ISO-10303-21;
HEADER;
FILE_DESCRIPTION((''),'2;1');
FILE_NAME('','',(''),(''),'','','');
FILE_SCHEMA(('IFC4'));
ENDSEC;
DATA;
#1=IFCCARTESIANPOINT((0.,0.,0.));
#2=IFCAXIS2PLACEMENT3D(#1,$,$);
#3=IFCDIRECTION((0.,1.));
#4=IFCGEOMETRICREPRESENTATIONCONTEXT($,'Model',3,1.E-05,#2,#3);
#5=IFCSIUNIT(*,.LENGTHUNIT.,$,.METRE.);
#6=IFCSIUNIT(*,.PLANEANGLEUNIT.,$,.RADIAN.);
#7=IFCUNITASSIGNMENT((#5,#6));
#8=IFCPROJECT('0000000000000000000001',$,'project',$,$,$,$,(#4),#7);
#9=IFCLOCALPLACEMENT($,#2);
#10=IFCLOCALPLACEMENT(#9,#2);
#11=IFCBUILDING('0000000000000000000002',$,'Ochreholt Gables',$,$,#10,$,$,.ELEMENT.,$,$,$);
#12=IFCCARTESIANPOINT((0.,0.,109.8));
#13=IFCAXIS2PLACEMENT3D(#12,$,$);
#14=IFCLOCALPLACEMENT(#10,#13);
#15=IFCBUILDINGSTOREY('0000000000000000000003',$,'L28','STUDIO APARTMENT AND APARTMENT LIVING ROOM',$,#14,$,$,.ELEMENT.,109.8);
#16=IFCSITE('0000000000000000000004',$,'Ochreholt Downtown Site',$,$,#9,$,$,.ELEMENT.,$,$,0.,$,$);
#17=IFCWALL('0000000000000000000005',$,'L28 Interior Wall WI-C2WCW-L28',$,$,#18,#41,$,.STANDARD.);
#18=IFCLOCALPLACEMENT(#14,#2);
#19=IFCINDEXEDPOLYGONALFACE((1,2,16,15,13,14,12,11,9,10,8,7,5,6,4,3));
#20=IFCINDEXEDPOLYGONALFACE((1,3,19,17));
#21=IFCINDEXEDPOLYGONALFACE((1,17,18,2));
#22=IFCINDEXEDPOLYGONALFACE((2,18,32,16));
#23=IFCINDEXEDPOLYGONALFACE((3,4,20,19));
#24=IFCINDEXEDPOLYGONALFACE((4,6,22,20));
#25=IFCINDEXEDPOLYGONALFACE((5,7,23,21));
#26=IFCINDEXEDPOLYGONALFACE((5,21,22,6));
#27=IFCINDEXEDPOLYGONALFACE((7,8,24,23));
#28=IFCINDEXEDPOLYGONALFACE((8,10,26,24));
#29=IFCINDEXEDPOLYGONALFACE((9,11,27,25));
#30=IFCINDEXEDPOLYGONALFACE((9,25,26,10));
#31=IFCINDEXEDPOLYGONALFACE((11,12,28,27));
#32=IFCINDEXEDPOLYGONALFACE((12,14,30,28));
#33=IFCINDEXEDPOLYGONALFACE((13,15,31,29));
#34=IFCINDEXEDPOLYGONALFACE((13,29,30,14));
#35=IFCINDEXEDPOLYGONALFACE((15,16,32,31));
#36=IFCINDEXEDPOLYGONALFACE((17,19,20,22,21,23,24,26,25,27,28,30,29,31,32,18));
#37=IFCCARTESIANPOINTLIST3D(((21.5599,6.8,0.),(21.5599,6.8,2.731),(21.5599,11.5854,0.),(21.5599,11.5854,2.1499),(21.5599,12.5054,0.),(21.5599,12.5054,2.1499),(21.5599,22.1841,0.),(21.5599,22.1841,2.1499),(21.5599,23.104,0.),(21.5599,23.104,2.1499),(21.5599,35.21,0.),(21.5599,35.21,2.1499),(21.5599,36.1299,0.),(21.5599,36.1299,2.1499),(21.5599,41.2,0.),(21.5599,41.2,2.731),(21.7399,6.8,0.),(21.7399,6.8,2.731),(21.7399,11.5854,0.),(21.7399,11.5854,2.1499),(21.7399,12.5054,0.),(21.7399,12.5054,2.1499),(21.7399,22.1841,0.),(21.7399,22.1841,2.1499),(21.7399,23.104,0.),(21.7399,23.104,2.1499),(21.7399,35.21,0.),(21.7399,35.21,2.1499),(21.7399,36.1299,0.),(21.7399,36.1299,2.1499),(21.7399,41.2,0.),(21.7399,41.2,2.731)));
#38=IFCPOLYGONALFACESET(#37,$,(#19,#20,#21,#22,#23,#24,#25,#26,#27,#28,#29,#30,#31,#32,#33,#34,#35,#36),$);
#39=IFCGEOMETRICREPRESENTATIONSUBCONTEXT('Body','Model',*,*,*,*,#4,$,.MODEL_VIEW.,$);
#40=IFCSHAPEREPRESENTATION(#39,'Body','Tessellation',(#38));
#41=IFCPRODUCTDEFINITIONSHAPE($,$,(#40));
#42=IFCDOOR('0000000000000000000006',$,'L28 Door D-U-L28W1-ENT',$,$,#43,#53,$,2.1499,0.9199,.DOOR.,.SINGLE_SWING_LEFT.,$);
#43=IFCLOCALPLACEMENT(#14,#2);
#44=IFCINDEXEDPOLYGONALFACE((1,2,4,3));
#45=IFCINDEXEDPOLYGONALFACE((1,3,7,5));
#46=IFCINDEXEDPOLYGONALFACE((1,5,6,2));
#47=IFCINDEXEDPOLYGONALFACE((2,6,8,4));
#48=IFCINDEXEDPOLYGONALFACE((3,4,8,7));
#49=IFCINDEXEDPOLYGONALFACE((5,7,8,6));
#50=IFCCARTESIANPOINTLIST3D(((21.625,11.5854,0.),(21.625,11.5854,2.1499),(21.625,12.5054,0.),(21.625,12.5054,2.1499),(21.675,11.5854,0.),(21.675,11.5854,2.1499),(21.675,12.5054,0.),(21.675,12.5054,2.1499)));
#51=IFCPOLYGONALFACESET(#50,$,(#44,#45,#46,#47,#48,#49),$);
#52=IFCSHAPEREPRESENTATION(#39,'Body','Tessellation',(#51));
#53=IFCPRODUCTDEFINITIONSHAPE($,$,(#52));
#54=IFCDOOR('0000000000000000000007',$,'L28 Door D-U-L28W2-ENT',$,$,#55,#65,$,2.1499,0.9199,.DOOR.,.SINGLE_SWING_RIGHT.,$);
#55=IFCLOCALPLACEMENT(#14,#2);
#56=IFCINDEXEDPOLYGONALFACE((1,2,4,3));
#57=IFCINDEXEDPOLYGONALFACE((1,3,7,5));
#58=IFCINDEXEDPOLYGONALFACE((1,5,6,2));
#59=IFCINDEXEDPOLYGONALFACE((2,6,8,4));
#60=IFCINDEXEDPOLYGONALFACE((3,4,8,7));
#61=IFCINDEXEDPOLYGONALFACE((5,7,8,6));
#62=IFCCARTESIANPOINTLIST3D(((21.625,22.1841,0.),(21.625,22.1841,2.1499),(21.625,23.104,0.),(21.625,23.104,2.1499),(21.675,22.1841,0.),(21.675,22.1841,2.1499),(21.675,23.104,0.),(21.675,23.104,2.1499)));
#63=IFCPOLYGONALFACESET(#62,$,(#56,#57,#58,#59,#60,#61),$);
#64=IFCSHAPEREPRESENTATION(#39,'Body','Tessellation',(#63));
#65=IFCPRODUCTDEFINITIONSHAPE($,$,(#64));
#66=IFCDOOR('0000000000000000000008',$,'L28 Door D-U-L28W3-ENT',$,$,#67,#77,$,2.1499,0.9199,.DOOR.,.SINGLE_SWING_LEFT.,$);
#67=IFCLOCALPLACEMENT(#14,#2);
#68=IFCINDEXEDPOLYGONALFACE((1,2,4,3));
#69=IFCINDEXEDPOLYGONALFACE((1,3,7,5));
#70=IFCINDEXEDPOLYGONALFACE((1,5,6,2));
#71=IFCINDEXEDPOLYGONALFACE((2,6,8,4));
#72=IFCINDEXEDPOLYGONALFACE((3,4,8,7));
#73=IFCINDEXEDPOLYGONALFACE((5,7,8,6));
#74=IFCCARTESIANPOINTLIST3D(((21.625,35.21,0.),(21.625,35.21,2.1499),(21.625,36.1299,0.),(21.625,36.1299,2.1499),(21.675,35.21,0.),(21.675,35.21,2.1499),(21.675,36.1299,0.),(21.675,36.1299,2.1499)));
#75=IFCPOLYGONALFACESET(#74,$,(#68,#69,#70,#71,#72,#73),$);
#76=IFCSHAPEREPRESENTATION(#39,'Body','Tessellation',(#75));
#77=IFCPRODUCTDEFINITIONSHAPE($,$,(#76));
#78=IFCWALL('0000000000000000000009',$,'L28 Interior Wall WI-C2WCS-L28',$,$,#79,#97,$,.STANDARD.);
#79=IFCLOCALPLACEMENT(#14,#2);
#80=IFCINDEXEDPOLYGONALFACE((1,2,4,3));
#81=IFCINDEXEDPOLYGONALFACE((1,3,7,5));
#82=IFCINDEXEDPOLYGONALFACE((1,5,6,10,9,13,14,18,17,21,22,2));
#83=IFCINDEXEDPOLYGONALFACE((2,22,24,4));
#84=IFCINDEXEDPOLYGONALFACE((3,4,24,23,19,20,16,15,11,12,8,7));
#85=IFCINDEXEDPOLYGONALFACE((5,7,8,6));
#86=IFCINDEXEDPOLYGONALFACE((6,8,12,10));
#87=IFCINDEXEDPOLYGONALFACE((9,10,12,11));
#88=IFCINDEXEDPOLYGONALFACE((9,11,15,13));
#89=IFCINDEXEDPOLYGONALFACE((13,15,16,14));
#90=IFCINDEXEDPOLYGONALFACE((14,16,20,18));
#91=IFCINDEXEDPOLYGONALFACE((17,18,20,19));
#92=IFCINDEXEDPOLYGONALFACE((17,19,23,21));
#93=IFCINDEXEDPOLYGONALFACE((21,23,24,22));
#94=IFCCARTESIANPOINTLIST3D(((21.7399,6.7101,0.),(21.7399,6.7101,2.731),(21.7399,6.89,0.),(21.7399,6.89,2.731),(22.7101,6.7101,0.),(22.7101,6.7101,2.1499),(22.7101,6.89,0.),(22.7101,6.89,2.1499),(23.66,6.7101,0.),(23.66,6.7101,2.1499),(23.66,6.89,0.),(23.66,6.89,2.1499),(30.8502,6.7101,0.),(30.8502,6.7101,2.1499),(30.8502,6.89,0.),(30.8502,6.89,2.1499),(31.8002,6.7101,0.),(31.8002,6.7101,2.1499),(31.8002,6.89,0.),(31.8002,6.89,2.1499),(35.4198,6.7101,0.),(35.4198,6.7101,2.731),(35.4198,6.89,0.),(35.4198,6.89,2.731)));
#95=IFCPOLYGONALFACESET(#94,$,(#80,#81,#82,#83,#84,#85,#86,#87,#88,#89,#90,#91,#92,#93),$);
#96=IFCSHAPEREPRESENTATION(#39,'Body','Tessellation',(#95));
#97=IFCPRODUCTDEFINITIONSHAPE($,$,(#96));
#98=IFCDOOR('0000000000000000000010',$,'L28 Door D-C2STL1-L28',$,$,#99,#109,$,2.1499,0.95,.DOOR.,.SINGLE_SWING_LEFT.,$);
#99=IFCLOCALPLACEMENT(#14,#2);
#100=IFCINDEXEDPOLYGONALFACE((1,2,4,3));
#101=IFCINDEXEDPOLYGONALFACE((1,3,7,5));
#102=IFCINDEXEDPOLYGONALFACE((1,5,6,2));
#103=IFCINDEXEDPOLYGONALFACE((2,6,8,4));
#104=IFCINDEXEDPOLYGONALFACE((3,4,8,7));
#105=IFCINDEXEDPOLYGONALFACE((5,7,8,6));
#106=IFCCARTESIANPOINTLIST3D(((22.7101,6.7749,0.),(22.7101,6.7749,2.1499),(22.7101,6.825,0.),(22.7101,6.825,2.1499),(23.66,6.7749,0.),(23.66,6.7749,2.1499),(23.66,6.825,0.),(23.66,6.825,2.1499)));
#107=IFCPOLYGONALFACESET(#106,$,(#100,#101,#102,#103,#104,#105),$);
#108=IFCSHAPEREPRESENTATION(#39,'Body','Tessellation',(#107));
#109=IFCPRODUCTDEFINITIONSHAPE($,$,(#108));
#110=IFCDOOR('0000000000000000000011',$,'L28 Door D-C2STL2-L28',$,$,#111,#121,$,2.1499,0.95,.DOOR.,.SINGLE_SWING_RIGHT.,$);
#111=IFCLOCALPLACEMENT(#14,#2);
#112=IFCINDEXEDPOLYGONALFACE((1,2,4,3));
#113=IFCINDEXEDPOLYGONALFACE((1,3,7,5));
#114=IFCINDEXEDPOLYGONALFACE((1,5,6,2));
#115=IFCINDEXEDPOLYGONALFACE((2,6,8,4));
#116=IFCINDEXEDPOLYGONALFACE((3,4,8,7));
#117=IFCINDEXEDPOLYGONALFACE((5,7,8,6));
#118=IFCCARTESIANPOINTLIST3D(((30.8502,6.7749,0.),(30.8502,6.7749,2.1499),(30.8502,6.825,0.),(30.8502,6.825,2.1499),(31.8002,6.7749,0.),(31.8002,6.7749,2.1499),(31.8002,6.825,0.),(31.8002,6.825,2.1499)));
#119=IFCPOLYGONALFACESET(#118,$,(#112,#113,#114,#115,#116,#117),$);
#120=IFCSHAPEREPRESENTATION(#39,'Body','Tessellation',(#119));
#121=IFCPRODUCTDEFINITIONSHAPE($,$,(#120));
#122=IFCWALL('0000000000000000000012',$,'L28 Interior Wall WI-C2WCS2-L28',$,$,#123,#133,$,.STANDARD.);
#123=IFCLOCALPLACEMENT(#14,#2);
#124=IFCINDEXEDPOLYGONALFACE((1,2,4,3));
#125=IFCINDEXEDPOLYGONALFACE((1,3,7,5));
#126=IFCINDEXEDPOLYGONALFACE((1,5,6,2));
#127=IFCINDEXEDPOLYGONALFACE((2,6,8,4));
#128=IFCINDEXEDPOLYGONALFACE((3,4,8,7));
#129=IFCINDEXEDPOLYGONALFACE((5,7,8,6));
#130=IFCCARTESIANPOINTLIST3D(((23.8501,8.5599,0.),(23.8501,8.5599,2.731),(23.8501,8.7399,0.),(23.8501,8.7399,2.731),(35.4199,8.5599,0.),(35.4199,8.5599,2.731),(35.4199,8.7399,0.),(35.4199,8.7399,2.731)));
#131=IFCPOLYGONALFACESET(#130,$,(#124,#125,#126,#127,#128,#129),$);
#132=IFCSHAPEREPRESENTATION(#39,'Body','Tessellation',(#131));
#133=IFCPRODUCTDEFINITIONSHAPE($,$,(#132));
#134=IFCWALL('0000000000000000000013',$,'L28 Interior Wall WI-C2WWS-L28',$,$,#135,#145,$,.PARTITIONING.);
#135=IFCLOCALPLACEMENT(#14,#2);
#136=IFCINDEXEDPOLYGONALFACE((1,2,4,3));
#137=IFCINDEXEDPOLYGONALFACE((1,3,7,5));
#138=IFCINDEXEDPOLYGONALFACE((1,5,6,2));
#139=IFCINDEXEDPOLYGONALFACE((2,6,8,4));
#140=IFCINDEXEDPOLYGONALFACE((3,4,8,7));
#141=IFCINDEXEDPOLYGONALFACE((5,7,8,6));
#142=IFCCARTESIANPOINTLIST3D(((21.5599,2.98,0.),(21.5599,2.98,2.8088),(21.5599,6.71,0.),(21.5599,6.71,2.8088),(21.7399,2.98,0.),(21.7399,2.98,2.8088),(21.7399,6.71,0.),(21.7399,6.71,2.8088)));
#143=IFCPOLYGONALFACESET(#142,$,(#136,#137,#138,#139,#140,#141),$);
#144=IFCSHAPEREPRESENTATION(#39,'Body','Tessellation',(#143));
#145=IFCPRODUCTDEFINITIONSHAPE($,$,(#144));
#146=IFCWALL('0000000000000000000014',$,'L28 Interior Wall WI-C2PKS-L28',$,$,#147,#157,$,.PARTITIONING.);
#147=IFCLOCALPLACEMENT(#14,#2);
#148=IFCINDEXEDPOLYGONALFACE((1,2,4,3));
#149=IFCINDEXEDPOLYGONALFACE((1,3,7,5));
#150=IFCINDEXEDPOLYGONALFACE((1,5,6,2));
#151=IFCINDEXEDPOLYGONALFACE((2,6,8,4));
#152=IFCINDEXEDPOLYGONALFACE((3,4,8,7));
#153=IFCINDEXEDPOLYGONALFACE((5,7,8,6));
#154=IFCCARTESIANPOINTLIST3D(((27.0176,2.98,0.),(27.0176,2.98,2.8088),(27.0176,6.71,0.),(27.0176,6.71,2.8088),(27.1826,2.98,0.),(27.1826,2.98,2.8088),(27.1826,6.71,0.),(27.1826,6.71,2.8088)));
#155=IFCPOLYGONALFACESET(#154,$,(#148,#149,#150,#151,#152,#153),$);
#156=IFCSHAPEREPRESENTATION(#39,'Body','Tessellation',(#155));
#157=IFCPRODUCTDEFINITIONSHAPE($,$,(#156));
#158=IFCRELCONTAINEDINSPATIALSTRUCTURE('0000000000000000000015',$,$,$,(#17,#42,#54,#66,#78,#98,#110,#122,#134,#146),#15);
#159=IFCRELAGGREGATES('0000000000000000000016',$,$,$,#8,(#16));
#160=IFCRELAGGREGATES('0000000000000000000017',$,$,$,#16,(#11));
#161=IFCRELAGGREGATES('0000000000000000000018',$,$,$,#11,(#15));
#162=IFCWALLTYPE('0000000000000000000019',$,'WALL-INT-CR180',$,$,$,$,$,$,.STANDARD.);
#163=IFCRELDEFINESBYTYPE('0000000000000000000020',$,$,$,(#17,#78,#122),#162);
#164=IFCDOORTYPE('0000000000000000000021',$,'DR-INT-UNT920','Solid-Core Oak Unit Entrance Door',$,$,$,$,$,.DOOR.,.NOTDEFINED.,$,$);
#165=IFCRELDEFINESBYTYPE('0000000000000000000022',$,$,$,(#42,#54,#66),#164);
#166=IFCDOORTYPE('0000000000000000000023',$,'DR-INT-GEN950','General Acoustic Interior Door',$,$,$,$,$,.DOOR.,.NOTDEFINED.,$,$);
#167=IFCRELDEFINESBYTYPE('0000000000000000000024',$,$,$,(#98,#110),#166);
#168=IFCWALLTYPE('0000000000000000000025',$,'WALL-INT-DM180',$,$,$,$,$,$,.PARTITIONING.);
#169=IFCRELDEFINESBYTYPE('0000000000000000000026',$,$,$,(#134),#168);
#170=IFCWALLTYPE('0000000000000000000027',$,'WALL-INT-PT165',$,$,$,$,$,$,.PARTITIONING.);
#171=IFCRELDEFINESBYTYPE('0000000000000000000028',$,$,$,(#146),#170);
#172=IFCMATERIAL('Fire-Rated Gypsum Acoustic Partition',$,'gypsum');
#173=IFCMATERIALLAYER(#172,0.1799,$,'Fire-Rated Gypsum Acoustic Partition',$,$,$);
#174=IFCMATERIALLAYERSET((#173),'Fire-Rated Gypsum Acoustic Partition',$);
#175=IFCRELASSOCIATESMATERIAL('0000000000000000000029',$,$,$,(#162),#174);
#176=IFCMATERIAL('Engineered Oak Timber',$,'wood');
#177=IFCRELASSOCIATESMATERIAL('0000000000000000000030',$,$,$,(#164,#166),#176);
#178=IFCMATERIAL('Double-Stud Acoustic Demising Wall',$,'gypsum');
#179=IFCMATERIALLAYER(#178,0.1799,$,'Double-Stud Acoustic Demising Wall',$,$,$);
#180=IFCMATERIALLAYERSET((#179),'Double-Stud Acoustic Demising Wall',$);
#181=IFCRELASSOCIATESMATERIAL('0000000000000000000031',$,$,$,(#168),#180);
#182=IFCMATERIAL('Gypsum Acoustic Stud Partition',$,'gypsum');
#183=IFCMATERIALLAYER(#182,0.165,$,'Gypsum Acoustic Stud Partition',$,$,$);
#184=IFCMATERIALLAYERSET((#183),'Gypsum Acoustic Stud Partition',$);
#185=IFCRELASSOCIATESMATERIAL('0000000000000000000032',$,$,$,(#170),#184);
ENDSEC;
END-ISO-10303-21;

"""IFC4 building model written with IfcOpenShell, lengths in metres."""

from ifc_helpers import new_model, si_unit, direction, frame, frame_2d, origin, place, context, subcontext, project, spatial, rectangle, extrude, material, layer, layer_set, type_object, element, fill, save


model = new_model("IFC4")

# Units and contexts
model_context = context("Model", 3, precision=1e-05, world=origin(), true_north=direction((0.0, 1.0)))
body_context = subcontext(model_context, "Body", "Model", "MODEL_VIEW")
ifc_project = project(units=[si_unit("LENGTHUNIT", "METRE"), si_unit("PLANEANGLEUNIT", "RADIAN")], contexts=[model_context])

# Site, building, storey
site_placement = place(None, origin())
site = spatial("IfcSite", under=ifc_project, at=site_placement, Name="Ochreholt Downtown Site", CompositionType="ELEMENT", RefElevation=0.0)
building_placement = place(site_placement, origin())
building = spatial("IfcBuilding", under=site, at=building_placement, Name="Ochreholt Gables", CompositionType="ELEMENT")
storey_placement = place(building_placement, frame((0.0, 0.0, 109.8)))
storey = spatial("IfcBuildingStorey", under=building, at=storey_placement, Name="L28", Description="STUDIO APARTMENT AND APARTMENT LIVING ROOM", CompositionType="ELEMENT", Elevation=109.8)

# Walls, openings, doors
ifc_material_1 = material(Name="Fire-Rated Gypsum Acoustic Partition", Category="gypsum")
ifc_layer_1 = layer(ifc_material_1, 0.1799, Name="Fire-Rated Gypsum Acoustic Partition")
ifc_layer_set_1 = layer_set([ifc_layer_1], Name="Fire-Rated Gypsum Acoustic Partition")
wall_type_1 = type_object("IfcWallType", Name="WALL-INT-CR180", PredefinedType="STANDARD", material=ifc_layer_set_1)
wall_1_placement = place(storey_placement, frame((21.6499, 6.8, 0.0), z_axis=(0.0, 0.0, 1.0), x_axis=(0.0, 1.0, 0.0)))
wall_1 = element("IfcWall", 1, at=wall_1_placement, inside=storey, type_object=wall_type_1, Name="L28 Interior Wall WI-C2WCW-L28", PredefinedType="STANDARD", context=body_context, shape_type="SweptSolid", body=[
    extrude(rectangle(XDim=34.3999, YDim=0.1799, at=frame_2d((17.2, 0.0))), origin(), (0.0, 0.0, 1.0), 2.731),
])
opening_1_placement = place(wall_1_placement, frame((4.7854, 0.0, 0.0)))
opening_1 = element("IfcOpeningElement", 2, at=opening_1_placement, cuts=wall_1, PredefinedType="OPENING", context=body_context, shape_type="SweptSolid", body=[
    extrude(rectangle(XDim=0.9199, YDim=2.1499, at=frame_2d((0.46, 1.075))), frame((0.0, 0.0999, 0.0), z_axis=(0.0, -1.0, 0.0), x_axis=(1.0, 0.0, 0.0)), (0.0, 0.0, 1.0), 0.2),
])
opening_2_placement = place(wall_1_placement, frame((15.384, 0.0, 0.0)))
opening_2 = element("IfcOpeningElement", 3, at=opening_2_placement, cuts=wall_1, PredefinedType="OPENING", context=body_context, shape_type="SweptSolid", body=[
    extrude(rectangle(XDim=0.9199, YDim=2.1499, at=frame_2d((0.46, 1.075))), frame((0.0, 0.0999, 0.0), z_axis=(0.0, -1.0, 0.0), x_axis=(1.0, 0.0, 0.0)), (0.0, 0.0, 1.0), 0.2),
])
opening_3_placement = place(wall_1_placement, frame((28.4099, 0.0, 0.0)))
opening_3 = element("IfcOpeningElement", 4, at=opening_3_placement, cuts=wall_1, PredefinedType="OPENING", context=body_context, shape_type="SweptSolid", body=[
    extrude(rectangle(XDim=0.9199, YDim=2.1499, at=frame_2d((0.46, 1.075))), frame((0.0, 0.0999, 0.0), z_axis=(0.0, -1.0, 0.0), x_axis=(1.0, 0.0, 0.0)), (0.0, 0.0, 1.0), 0.2),
])
ifc_material_2 = material(Name="Engineered Oak Timber", Category="wood")
door_type_1 = type_object("IfcDoorType", Name="DR-INT-UNT920", Description="Solid-Core Oak Unit Entrance Door", OperationType="NOTDEFINED", PredefinedType="DOOR", material=ifc_material_2)
door_1_placement = place(opening_1_placement, origin())
door_1 = element("IfcDoor", 5, at=door_1_placement, inside=storey, type_object=door_type_1, Name="L28 Door D-U-L28W1-ENT", OperationType="SINGLE_SWING_LEFT", OverallHeight=2.1499, OverallWidth=0.9199, PredefinedType="DOOR", context=body_context, shape_type="SweptSolid", body=[
    extrude(rectangle(XDim=0.9199, YDim=2.1499, at=frame_2d((0.46, 1.075))), frame((0.0, 0.0249, 0.0), z_axis=(0.0, -1.0, 0.0), x_axis=(1.0, 0.0, 0.0)), (0.0, 0.0, 1.0), 0.05),
])
fill(opening_1, door_1)
door_2_placement = place(opening_2_placement, origin())
door_2 = element("IfcDoor", 6, at=door_2_placement, inside=storey, type_object=door_type_1, Name="L28 Door D-U-L28W2-ENT", OperationType="SINGLE_SWING_RIGHT", OverallHeight=2.1499, OverallWidth=0.9199, PredefinedType="DOOR", context=body_context, shape_type="SweptSolid", body=[
    extrude(rectangle(XDim=0.9199, YDim=2.1499, at=frame_2d((0.46, 1.075))), frame((0.0, 0.0249, 0.0), z_axis=(0.0, -1.0, 0.0), x_axis=(1.0, 0.0, 0.0)), (0.0, 0.0, 1.0), 0.05),
])
fill(opening_2, door_2)
door_3_placement = place(opening_3_placement, origin())
door_3 = element("IfcDoor", 7, at=door_3_placement, inside=storey, type_object=door_type_1, Name="L28 Door D-U-L28W3-ENT", OperationType="SINGLE_SWING_LEFT", OverallHeight=2.1499, OverallWidth=0.9199, PredefinedType="DOOR", context=body_context, shape_type="SweptSolid", body=[
    extrude(rectangle(XDim=0.9199, YDim=2.1499, at=frame_2d((0.46, 1.075))), frame((0.0, 0.0249, 0.0), z_axis=(0.0, -1.0, 0.0), x_axis=(1.0, 0.0, 0.0)), (0.0, 0.0, 1.0), 0.05),
])
fill(opening_3, door_3)
wall_2_placement = place(storey_placement, frame((21.74, 6.8, 0.0), z_axis=(0.0, 0.0, 1.0), x_axis=(1.0, 0.0, 0.0)))
wall_2 = element("IfcWall", 8, at=wall_2_placement, inside=storey, type_object=wall_type_1, Name="L28 Interior Wall WI-C2WCS-L28", PredefinedType="STANDARD", context=body_context, shape_type="SweptSolid", body=[
    extrude(rectangle(XDim=13.6799, YDim=0.1799, at=frame_2d((6.8398, 0.0))), origin(), (0.0, 0.0, 1.0), 2.731),
])
opening_4_placement = place(wall_2_placement, frame((0.97, 0.0, 0.0)))
opening_4 = element("IfcOpeningElement", 9, at=opening_4_placement, cuts=wall_2, PredefinedType="OPENING", context=body_context, shape_type="SweptSolid", body=[
    extrude(rectangle(XDim=0.95, YDim=2.1499, at=frame_2d((0.4751, 1.075))), frame((0.0, 0.0999, 0.0), z_axis=(0.0, -1.0, 0.0), x_axis=(1.0, 0.0, 0.0)), (0.0, 0.0, 1.0), 0.2),
])
opening_5_placement = place(wall_2_placement, frame((9.1101, 0.0, 0.0)))
opening_5 = element("IfcOpeningElement", 10, at=opening_5_placement, cuts=wall_2, PredefinedType="OPENING", context=body_context, shape_type="SweptSolid", body=[
    extrude(rectangle(XDim=0.95, YDim=2.1499, at=frame_2d((0.4751, 1.075))), frame((0.0, 0.0999, 0.0), z_axis=(0.0, -1.0, 0.0), x_axis=(1.0, 0.0, 0.0)), (0.0, 0.0, 1.0), 0.2),
])
door_type_2 = type_object("IfcDoorType", Name="DR-INT-GEN950", Description="General Acoustic Interior Door", OperationType="NOTDEFINED", PredefinedType="DOOR", material=ifc_material_2)
door_4_placement = place(opening_4_placement, origin())
door_4 = element("IfcDoor", 11, at=door_4_placement, inside=storey, type_object=door_type_2, Name="L28 Door D-C2STL1-L28", OperationType="SINGLE_SWING_LEFT", OverallHeight=2.1499, OverallWidth=0.95, PredefinedType="DOOR", context=body_context, shape_type="SweptSolid", body=[
    extrude(rectangle(XDim=0.95, YDim=2.1499, at=frame_2d((0.4751, 1.075))), frame((0.0, 0.0249, 0.0), z_axis=(0.0, -1.0, 0.0), x_axis=(1.0, 0.0, 0.0)), (0.0, 0.0, 1.0), 0.05),
])
fill(opening_4, door_4)
door_5_placement = place(opening_5_placement, origin())
door_5 = element("IfcDoor", 12, at=door_5_placement, inside=storey, type_object=door_type_2, Name="L28 Door D-C2STL2-L28", OperationType="SINGLE_SWING_RIGHT", OverallHeight=2.1499, OverallWidth=0.95, PredefinedType="DOOR", context=body_context, shape_type="SweptSolid", body=[
    extrude(rectangle(XDim=0.95, YDim=2.1499, at=frame_2d((0.4751, 1.075))), frame((0.0, 0.0249, 0.0), z_axis=(0.0, -1.0, 0.0), x_axis=(1.0, 0.0, 0.0)), (0.0, 0.0, 1.0), 0.05),
])
fill(opening_5, door_5)

# Walls
wall_3_placement = place(storey_placement, frame((23.8501, 8.6499, 0.0), z_axis=(0.0, 0.0, 1.0), x_axis=(1.0, 0.0, 0.0)))
element("IfcWall", 13, at=wall_3_placement, inside=storey, type_object=wall_type_1, Name="L28 Interior Wall WI-C2WCS2-L28", PredefinedType="STANDARD", context=body_context, shape_type="SweptSolid", body=[
    extrude(rectangle(XDim=11.5698, YDim=0.1799, at=frame_2d((5.7849, 0.0))), origin(), (0.0, 0.0, 1.0), 2.731),
])
ifc_material_3 = material(Name="Double-Stud Acoustic Demising Wall", Category="gypsum")
ifc_layer_2 = layer(ifc_material_3, 0.1799, Name="Double-Stud Acoustic Demising Wall")
ifc_layer_set_2 = layer_set([ifc_layer_2], Name="Double-Stud Acoustic Demising Wall")
wall_type_2 = type_object("IfcWallType", Name="WALL-INT-DM180", PredefinedType="PARTITIONING", material=ifc_layer_set_2)
wall_4_placement = place(storey_placement, frame((21.6499, 2.98, 0.0), z_axis=(0.0, 0.0, 1.0), x_axis=(0.0, 1.0, 0.0)))
element("IfcWall", 14, at=wall_4_placement, inside=storey, type_object=wall_type_2, Name="L28 Interior Wall WI-C2WWS-L28", PredefinedType="PARTITIONING", context=body_context, shape_type="SweptSolid", body=[
    extrude(rectangle(XDim=3.73, YDim=0.1799, at=frame_2d((1.865, 0.0))), origin(), (0.0, 0.0, 1.0), 2.8088),
])
ifc_material_4 = material(Name="Gypsum Acoustic Stud Partition", Category="gypsum")
ifc_layer_3 = layer(ifc_material_4, 0.165, Name="Gypsum Acoustic Stud Partition")
ifc_layer_set_3 = layer_set([ifc_layer_3], Name="Gypsum Acoustic Stud Partition")
wall_type_3 = type_object("IfcWallType", Name="WALL-INT-PT165", PredefinedType="PARTITIONING", material=ifc_layer_set_3)
wall_5_placement = place(storey_placement, frame((27.1001, 2.98, 0.0), z_axis=(0.0, 0.0, 1.0), x_axis=(0.0, 1.0, 0.0)))
element("IfcWall", 15, at=wall_5_placement, inside=storey, type_object=wall_type_3, Name="L28 Interior Wall WI-C2PKS-L28", PredefinedType="PARTITIONING", context=body_context, shape_type="SweptSolid", body=[
    extrude(rectangle(XDim=3.73, YDim=0.165, at=frame_2d((1.865, 0.0))), origin(), (0.0, 0.0, 1.0), 2.8088),
])

save(model, "model.ifc")
